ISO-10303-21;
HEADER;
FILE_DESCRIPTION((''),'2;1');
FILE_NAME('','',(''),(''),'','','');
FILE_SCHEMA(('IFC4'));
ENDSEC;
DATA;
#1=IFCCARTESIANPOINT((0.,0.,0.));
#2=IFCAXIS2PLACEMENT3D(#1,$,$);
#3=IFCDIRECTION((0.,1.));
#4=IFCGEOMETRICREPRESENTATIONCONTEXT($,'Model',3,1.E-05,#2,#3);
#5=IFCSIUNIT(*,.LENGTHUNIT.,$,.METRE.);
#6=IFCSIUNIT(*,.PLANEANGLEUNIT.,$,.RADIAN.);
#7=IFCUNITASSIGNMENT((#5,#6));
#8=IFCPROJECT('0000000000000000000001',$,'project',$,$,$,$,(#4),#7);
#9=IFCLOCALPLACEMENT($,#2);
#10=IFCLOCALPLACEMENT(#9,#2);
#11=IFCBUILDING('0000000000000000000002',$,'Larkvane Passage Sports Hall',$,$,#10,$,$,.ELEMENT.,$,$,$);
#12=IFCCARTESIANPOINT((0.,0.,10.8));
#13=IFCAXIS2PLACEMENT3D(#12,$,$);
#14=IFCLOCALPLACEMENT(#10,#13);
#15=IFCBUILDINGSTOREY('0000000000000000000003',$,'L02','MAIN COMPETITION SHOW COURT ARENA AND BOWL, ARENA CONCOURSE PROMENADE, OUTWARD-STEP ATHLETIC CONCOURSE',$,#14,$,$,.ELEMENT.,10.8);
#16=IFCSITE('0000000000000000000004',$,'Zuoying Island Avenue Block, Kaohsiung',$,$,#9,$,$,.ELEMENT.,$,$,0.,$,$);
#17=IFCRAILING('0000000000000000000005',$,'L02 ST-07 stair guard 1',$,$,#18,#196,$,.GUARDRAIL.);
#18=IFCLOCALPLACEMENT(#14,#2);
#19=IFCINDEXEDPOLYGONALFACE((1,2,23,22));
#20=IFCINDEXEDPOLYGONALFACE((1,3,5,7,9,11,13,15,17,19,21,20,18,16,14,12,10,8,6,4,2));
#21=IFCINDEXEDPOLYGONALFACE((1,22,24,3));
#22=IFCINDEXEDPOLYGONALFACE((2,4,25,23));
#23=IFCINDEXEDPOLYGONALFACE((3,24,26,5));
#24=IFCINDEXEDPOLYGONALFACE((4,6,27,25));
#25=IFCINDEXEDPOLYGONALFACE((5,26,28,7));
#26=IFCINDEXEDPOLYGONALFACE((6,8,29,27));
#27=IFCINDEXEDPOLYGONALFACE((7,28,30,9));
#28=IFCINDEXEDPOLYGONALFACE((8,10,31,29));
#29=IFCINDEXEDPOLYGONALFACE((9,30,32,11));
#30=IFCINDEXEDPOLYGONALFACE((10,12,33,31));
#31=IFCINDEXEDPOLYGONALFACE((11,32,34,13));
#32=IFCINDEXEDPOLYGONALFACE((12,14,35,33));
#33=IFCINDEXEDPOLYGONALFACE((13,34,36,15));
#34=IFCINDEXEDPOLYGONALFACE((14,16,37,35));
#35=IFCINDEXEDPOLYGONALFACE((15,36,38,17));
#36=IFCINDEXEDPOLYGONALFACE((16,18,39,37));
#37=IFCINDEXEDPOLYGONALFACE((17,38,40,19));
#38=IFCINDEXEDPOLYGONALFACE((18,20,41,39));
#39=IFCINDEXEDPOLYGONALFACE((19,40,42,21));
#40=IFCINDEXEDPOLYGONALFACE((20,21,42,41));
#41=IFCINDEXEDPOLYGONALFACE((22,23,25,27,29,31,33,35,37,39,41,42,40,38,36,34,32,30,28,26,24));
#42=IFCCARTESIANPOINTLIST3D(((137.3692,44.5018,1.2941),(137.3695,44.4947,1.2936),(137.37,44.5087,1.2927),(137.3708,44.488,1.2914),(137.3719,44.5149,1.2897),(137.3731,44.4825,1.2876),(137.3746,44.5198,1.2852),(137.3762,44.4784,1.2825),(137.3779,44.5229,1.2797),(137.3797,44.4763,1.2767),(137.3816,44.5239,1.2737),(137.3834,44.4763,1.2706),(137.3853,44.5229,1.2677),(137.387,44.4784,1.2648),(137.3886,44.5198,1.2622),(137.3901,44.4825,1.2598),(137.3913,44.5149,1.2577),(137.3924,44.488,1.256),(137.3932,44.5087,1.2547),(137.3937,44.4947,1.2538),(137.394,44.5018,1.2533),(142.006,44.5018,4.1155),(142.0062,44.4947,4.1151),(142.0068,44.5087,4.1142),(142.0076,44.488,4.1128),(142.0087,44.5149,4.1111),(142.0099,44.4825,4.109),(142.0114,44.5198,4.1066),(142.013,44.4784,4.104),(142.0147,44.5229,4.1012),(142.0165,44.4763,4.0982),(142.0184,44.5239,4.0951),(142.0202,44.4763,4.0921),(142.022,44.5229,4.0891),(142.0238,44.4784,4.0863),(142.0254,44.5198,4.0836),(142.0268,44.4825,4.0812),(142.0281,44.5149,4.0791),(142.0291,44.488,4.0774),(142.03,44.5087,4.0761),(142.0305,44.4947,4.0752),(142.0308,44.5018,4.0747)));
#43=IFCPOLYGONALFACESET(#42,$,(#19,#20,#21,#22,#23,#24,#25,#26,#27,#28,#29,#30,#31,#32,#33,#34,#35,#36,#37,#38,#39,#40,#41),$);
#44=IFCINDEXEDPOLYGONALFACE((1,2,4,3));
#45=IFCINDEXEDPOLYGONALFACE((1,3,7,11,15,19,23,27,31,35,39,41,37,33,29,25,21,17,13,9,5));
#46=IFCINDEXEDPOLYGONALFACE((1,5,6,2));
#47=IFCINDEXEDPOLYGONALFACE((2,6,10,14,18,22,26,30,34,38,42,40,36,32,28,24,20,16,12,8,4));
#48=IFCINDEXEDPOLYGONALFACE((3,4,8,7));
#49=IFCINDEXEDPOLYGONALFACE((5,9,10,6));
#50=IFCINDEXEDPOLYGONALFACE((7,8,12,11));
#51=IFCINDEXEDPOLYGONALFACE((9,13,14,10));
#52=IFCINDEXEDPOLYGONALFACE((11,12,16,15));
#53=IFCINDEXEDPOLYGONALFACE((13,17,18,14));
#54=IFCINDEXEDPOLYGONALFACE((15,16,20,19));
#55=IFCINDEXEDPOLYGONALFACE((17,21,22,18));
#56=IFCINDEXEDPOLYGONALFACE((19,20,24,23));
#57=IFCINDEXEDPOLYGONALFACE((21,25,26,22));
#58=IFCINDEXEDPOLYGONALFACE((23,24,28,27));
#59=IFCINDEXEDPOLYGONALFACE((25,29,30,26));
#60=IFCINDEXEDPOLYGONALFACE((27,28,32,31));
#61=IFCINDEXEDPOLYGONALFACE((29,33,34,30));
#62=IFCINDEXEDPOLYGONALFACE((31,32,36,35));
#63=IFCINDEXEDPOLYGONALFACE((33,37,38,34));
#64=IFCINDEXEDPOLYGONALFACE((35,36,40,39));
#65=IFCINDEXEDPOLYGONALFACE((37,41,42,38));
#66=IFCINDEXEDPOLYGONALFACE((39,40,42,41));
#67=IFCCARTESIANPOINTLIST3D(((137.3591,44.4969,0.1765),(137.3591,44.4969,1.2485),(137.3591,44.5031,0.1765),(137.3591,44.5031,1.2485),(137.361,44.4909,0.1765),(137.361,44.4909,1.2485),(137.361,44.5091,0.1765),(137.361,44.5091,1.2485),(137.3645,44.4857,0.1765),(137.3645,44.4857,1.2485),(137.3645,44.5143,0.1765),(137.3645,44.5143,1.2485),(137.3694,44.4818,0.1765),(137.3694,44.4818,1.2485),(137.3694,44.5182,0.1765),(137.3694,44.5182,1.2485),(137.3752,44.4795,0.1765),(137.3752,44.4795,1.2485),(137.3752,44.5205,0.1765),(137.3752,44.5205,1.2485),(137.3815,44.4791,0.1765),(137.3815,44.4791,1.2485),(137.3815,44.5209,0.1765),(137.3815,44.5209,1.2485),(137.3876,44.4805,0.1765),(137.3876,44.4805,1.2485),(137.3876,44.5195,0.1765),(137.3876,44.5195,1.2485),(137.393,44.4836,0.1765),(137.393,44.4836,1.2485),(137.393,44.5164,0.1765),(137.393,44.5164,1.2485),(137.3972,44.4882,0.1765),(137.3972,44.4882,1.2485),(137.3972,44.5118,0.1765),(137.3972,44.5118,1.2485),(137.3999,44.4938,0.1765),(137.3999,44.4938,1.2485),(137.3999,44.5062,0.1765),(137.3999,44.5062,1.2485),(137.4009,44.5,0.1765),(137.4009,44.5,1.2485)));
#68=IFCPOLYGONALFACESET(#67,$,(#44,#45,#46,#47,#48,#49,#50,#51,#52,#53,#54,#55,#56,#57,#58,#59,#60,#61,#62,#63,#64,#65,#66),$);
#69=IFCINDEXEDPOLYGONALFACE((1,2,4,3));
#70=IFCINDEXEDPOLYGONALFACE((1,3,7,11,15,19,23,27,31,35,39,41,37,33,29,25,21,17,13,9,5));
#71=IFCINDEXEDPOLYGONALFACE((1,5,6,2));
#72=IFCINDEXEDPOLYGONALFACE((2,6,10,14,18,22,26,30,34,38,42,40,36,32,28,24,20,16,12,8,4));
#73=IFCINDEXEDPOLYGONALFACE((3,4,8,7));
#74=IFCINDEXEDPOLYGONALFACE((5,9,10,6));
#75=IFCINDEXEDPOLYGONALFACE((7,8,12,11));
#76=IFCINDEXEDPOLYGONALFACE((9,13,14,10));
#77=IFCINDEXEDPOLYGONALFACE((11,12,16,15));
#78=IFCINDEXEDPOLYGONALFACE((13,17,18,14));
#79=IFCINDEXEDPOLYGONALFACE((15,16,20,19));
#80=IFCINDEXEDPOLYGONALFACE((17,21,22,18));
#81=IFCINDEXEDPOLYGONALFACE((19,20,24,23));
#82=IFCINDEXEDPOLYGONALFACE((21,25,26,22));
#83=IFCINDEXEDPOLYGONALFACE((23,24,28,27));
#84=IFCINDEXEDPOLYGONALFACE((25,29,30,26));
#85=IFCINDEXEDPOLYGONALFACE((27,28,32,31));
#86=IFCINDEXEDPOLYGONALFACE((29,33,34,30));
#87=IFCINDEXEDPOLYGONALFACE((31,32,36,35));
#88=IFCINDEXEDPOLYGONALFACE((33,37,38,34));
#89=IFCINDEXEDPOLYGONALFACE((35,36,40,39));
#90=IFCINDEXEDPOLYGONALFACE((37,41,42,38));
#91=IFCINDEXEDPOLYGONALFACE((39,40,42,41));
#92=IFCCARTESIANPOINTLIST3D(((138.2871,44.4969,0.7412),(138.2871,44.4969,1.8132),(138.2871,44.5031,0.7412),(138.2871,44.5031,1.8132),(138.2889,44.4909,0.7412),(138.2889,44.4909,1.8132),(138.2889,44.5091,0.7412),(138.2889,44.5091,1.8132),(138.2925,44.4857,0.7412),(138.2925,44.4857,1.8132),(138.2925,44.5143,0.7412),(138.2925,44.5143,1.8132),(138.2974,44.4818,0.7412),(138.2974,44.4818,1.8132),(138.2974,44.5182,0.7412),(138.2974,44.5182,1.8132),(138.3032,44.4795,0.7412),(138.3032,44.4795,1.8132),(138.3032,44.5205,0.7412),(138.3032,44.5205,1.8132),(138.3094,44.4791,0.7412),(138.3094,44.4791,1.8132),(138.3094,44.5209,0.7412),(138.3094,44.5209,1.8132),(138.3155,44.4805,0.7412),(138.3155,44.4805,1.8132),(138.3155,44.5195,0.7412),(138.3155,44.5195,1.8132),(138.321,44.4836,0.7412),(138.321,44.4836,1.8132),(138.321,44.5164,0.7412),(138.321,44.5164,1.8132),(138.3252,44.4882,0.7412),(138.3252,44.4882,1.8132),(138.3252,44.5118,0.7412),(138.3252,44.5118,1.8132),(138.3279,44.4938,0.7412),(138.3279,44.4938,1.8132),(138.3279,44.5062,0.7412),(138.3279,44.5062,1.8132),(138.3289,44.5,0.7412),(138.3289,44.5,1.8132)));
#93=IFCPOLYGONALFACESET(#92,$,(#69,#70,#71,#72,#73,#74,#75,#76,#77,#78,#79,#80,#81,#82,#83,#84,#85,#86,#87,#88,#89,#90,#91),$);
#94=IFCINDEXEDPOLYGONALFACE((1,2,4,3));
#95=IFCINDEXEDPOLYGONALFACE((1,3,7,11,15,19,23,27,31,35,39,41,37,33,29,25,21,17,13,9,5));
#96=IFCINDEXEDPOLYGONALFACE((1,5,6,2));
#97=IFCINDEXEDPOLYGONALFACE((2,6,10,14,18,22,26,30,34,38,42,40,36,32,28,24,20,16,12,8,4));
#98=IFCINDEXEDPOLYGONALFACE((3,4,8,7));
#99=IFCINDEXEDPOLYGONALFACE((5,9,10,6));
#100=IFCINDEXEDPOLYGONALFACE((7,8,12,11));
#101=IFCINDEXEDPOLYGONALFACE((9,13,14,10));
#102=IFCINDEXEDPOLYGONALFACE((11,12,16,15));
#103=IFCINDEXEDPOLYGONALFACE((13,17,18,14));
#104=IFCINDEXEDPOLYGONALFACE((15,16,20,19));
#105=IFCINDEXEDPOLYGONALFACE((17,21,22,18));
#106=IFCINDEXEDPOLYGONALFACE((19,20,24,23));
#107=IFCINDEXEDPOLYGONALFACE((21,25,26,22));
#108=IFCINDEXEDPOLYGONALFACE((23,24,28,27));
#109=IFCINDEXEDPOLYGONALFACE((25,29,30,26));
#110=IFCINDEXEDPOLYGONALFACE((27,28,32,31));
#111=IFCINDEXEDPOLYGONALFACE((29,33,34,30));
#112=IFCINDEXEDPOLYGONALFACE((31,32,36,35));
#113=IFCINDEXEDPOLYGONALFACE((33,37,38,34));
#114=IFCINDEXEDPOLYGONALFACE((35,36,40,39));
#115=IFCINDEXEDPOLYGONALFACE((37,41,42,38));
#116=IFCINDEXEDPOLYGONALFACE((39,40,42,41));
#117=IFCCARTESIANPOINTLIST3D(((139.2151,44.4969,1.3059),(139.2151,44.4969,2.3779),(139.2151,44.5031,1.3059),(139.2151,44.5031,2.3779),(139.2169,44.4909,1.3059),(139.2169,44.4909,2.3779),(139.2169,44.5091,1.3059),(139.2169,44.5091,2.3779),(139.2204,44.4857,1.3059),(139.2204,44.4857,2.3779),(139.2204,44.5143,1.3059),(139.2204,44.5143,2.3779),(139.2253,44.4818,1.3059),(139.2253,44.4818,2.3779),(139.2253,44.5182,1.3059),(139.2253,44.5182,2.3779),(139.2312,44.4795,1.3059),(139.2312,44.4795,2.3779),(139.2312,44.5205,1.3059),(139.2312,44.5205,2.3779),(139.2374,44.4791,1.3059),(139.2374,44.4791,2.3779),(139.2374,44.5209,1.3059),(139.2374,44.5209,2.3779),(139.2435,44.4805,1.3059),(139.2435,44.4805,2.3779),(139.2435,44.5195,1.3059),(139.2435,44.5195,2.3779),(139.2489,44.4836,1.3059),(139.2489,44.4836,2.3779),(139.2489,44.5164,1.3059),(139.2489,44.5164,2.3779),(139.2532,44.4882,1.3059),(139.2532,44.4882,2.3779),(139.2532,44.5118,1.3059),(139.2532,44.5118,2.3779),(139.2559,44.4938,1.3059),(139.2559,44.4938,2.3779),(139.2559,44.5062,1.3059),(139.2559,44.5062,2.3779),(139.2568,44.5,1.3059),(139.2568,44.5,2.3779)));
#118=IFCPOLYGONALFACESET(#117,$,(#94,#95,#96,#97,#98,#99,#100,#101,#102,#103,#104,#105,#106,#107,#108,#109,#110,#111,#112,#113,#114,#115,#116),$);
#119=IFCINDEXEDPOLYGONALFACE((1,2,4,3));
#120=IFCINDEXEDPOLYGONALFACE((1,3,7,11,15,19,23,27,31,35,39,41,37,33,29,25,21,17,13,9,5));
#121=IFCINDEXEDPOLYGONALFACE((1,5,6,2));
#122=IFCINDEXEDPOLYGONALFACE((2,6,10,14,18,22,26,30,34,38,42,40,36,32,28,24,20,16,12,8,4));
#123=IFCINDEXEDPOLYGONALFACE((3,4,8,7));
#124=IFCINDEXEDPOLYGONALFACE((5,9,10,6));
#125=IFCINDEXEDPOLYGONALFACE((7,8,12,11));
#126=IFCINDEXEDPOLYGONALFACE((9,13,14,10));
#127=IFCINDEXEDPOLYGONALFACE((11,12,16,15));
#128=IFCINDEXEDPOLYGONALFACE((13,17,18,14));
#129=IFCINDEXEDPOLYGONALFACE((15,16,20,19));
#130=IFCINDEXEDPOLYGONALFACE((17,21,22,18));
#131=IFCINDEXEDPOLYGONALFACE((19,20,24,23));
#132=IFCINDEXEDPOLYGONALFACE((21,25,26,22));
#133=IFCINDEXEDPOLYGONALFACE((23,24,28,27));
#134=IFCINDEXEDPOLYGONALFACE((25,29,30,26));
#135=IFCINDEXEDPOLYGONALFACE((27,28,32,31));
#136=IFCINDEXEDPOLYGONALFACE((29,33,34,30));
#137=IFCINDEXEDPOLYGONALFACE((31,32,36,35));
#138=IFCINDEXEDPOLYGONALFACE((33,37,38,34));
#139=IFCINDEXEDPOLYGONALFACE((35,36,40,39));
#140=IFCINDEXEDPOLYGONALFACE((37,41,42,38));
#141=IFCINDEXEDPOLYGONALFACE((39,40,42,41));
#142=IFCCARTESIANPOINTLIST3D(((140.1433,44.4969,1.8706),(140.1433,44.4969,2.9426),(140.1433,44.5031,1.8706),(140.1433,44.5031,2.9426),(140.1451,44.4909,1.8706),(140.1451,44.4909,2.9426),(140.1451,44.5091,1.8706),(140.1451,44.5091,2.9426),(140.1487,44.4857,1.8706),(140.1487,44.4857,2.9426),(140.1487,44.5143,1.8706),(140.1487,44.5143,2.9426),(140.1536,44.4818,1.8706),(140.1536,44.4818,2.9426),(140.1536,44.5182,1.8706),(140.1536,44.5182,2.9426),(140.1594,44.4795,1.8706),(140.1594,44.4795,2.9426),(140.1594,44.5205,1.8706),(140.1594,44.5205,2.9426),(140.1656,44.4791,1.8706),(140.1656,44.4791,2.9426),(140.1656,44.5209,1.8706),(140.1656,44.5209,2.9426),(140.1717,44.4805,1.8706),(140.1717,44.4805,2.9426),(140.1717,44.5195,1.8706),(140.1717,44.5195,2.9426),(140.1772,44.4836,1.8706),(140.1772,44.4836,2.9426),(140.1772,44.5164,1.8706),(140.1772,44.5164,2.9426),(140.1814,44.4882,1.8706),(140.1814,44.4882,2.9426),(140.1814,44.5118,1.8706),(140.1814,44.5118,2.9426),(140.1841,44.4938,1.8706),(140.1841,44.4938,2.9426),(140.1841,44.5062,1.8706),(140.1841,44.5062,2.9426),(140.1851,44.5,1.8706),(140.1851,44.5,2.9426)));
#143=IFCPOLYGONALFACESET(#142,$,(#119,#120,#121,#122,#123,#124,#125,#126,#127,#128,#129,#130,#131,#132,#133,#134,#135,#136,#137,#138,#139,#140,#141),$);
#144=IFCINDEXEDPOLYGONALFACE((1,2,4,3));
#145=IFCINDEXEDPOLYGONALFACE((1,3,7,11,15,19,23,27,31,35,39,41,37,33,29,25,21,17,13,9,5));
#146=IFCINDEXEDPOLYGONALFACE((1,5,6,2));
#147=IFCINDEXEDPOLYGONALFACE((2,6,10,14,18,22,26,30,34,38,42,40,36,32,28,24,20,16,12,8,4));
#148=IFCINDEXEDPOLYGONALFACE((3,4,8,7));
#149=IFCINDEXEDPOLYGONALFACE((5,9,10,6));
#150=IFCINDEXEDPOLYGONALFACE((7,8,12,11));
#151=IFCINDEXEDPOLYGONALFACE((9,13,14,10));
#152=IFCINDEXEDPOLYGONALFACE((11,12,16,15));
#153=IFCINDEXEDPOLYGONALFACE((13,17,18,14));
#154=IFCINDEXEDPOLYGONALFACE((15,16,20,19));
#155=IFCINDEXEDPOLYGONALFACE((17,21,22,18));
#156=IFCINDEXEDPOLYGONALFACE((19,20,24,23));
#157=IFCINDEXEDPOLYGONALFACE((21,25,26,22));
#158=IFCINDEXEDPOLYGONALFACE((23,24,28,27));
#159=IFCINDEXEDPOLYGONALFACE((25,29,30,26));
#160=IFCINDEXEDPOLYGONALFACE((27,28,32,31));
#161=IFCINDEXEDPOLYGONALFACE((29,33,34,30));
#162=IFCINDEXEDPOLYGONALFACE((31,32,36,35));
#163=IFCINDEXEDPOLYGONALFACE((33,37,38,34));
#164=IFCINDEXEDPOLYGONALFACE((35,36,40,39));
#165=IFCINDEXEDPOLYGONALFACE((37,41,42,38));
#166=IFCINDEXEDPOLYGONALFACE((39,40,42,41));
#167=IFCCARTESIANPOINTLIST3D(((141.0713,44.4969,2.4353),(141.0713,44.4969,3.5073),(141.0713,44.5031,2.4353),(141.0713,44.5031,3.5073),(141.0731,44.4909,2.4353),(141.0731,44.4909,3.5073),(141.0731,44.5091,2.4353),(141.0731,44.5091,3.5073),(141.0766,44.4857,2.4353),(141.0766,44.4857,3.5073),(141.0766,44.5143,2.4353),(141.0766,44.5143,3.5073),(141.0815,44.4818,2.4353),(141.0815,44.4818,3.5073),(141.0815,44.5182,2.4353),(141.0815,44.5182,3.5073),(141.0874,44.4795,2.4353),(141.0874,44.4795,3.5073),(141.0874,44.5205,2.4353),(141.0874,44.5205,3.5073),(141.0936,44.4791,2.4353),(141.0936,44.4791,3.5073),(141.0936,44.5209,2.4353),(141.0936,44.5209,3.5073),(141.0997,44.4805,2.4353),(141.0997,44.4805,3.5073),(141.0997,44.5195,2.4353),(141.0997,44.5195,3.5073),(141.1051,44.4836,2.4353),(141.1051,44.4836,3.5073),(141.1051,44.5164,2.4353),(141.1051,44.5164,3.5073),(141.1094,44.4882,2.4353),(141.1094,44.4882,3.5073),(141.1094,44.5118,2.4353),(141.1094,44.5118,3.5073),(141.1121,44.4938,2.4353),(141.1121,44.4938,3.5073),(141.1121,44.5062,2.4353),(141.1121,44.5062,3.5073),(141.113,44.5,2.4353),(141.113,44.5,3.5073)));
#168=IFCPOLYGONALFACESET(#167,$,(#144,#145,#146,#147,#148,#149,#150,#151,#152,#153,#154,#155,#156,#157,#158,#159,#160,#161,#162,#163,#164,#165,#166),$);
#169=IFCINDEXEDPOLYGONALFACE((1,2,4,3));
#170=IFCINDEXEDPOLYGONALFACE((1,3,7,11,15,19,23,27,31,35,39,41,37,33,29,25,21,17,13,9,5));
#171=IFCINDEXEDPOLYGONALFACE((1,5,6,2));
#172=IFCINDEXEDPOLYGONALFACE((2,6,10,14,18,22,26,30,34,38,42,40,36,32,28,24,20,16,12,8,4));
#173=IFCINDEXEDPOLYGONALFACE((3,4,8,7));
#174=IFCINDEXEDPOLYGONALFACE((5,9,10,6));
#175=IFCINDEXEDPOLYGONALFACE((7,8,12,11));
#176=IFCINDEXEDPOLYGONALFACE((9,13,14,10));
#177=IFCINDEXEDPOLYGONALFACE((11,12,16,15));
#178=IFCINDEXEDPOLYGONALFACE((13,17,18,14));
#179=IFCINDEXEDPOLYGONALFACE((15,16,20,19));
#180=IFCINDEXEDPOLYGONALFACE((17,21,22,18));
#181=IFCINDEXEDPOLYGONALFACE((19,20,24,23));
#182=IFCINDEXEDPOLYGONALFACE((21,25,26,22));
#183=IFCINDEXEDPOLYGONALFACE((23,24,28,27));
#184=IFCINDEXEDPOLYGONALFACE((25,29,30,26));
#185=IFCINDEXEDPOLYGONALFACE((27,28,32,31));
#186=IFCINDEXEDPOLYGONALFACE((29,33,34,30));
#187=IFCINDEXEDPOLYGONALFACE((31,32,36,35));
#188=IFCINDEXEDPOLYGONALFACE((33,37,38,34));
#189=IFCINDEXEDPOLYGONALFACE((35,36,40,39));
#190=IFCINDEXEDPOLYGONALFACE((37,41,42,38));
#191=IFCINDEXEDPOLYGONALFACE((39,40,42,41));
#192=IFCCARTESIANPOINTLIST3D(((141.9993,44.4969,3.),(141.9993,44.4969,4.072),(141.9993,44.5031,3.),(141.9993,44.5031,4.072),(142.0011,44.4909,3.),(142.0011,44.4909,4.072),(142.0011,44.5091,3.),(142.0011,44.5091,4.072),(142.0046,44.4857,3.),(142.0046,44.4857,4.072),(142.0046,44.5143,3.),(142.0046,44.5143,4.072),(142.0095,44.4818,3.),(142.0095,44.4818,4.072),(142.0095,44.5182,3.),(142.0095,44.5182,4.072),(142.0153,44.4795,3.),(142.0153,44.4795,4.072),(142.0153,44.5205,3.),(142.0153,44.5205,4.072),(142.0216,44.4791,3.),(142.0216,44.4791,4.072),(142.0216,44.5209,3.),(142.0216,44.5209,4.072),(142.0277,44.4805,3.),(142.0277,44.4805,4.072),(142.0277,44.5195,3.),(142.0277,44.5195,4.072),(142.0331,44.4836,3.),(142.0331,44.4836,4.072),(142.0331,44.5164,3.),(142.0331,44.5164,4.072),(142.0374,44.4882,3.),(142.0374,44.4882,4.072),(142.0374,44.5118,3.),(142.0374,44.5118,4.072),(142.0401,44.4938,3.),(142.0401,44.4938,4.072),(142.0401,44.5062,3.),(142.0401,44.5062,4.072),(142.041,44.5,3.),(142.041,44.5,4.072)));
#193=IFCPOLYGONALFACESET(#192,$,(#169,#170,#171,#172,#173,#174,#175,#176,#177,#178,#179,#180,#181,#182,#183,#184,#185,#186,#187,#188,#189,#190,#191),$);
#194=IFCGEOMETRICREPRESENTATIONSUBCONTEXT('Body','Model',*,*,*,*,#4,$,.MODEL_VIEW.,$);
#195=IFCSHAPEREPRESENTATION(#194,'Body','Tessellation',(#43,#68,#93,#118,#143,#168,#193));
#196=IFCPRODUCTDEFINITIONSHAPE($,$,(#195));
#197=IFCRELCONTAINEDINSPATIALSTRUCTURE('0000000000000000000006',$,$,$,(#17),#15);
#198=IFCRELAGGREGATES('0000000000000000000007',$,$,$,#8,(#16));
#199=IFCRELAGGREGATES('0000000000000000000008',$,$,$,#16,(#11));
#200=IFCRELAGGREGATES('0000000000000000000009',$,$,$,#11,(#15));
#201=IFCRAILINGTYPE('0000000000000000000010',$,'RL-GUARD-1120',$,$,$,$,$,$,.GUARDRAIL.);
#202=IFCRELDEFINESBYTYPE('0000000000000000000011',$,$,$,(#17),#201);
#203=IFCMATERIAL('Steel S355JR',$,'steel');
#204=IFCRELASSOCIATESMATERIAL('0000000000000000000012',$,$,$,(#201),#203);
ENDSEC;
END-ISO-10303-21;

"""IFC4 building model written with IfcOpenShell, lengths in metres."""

from ifc_helpers import new_model, si_unit, direction, frame, origin, origin_2d, place, context, subcontext, project, spatial, circle, extrude, material, type_object, element, save


model = new_model("IFC4")

# Units and contexts
model_context = context("Model", 3, precision=1e-05, world=origin(), true_north=direction((0.0, 1.0)))
body_context = subcontext(model_context, "Body", "Model", "MODEL_VIEW")
ifc_project = project(units=[si_unit("LENGTHUNIT", "METRE"), si_unit("PLANEANGLEUNIT", "RADIAN")], contexts=[model_context])

# Site, building, storey
site_placement = place(None, origin())
site = spatial("IfcSite", under=ifc_project, at=site_placement, Name="Zuoying Island Avenue Block, Kaohsiung", CompositionType="ELEMENT", RefElevation=0.0)
building_placement = place(site_placement, origin())
building = spatial("IfcBuilding", under=site, at=building_placement, Name="Larkvane Passage Sports Hall", CompositionType="ELEMENT")
storey_placement = place(building_placement, frame((0.0, 0.0, 10.8)))
storey = spatial("IfcBuildingStorey", under=building, at=storey_placement, Name="L02", Description="MAIN COMPETITION SHOW COURT ARENA AND BOWL, ARENA CONCOURSE PROMENADE, OUTWARD-STEP ATHLETIC CONCOURSE", CompositionType="ELEMENT", Elevation=10.8)

# Shared definitions
ifc_material_1 = material(Name="Steel S355JR", Category="steel")

# Railing
railing_type = type_object("IfcRailingType", Name="RL-GUARD-1120", PredefinedType="GUARDRAIL", material=ifc_material_1)
railing_1_placement = place(storey_placement, frame((137.3799, 44.5, 0.1765)))
element("IfcRailing", 1, at=railing_1_placement, inside=storey, type_object=railing_type, Name="L02 ST-07 stair guard 1", PredefinedType="GUARDRAIL", context=body_context, shape_type="SweptSolid", body=[
    extrude(circle(Radius=0.0239, at=origin_2d()), frame((0.0017, 0.0, 1.0972), z_axis=(0.854276, 0.0, 0.51982), x_axis=(0.0, 1.0, 0.0)), (0.0, 0.0, 1.0), 5.4277),
    extrude(circle(Radius=0.021, at=origin_2d()), origin(), (0.0, 0.0, 1.0), 1.072),
    extrude(circle(Radius=0.021, at=origin_2d()), frame((0.928, 0.0, 0.5647)), (0.0, 0.0, 1.0), 1.072),
    extrude(circle(Radius=0.021, at=origin_2d()), frame((1.856, 0.0, 1.1294)), (0.0, 0.0, 1.0), 1.072),
    extrude(circle(Radius=0.021, at=origin_2d()), frame((2.7842, 0.0, 1.6941)), (0.0, 0.0, 1.0), 1.072),
    extrude(circle(Radius=0.021, at=origin_2d()), frame((3.7122, 0.0, 2.2588)), (0.0, 0.0, 1.0), 1.072),
    extrude(circle(Radius=0.021, at=origin_2d()), frame((4.6401, 0.0, 2.8235)), (0.0, 0.0, 1.0), 1.072),
])

save(model, "model.ifc")
